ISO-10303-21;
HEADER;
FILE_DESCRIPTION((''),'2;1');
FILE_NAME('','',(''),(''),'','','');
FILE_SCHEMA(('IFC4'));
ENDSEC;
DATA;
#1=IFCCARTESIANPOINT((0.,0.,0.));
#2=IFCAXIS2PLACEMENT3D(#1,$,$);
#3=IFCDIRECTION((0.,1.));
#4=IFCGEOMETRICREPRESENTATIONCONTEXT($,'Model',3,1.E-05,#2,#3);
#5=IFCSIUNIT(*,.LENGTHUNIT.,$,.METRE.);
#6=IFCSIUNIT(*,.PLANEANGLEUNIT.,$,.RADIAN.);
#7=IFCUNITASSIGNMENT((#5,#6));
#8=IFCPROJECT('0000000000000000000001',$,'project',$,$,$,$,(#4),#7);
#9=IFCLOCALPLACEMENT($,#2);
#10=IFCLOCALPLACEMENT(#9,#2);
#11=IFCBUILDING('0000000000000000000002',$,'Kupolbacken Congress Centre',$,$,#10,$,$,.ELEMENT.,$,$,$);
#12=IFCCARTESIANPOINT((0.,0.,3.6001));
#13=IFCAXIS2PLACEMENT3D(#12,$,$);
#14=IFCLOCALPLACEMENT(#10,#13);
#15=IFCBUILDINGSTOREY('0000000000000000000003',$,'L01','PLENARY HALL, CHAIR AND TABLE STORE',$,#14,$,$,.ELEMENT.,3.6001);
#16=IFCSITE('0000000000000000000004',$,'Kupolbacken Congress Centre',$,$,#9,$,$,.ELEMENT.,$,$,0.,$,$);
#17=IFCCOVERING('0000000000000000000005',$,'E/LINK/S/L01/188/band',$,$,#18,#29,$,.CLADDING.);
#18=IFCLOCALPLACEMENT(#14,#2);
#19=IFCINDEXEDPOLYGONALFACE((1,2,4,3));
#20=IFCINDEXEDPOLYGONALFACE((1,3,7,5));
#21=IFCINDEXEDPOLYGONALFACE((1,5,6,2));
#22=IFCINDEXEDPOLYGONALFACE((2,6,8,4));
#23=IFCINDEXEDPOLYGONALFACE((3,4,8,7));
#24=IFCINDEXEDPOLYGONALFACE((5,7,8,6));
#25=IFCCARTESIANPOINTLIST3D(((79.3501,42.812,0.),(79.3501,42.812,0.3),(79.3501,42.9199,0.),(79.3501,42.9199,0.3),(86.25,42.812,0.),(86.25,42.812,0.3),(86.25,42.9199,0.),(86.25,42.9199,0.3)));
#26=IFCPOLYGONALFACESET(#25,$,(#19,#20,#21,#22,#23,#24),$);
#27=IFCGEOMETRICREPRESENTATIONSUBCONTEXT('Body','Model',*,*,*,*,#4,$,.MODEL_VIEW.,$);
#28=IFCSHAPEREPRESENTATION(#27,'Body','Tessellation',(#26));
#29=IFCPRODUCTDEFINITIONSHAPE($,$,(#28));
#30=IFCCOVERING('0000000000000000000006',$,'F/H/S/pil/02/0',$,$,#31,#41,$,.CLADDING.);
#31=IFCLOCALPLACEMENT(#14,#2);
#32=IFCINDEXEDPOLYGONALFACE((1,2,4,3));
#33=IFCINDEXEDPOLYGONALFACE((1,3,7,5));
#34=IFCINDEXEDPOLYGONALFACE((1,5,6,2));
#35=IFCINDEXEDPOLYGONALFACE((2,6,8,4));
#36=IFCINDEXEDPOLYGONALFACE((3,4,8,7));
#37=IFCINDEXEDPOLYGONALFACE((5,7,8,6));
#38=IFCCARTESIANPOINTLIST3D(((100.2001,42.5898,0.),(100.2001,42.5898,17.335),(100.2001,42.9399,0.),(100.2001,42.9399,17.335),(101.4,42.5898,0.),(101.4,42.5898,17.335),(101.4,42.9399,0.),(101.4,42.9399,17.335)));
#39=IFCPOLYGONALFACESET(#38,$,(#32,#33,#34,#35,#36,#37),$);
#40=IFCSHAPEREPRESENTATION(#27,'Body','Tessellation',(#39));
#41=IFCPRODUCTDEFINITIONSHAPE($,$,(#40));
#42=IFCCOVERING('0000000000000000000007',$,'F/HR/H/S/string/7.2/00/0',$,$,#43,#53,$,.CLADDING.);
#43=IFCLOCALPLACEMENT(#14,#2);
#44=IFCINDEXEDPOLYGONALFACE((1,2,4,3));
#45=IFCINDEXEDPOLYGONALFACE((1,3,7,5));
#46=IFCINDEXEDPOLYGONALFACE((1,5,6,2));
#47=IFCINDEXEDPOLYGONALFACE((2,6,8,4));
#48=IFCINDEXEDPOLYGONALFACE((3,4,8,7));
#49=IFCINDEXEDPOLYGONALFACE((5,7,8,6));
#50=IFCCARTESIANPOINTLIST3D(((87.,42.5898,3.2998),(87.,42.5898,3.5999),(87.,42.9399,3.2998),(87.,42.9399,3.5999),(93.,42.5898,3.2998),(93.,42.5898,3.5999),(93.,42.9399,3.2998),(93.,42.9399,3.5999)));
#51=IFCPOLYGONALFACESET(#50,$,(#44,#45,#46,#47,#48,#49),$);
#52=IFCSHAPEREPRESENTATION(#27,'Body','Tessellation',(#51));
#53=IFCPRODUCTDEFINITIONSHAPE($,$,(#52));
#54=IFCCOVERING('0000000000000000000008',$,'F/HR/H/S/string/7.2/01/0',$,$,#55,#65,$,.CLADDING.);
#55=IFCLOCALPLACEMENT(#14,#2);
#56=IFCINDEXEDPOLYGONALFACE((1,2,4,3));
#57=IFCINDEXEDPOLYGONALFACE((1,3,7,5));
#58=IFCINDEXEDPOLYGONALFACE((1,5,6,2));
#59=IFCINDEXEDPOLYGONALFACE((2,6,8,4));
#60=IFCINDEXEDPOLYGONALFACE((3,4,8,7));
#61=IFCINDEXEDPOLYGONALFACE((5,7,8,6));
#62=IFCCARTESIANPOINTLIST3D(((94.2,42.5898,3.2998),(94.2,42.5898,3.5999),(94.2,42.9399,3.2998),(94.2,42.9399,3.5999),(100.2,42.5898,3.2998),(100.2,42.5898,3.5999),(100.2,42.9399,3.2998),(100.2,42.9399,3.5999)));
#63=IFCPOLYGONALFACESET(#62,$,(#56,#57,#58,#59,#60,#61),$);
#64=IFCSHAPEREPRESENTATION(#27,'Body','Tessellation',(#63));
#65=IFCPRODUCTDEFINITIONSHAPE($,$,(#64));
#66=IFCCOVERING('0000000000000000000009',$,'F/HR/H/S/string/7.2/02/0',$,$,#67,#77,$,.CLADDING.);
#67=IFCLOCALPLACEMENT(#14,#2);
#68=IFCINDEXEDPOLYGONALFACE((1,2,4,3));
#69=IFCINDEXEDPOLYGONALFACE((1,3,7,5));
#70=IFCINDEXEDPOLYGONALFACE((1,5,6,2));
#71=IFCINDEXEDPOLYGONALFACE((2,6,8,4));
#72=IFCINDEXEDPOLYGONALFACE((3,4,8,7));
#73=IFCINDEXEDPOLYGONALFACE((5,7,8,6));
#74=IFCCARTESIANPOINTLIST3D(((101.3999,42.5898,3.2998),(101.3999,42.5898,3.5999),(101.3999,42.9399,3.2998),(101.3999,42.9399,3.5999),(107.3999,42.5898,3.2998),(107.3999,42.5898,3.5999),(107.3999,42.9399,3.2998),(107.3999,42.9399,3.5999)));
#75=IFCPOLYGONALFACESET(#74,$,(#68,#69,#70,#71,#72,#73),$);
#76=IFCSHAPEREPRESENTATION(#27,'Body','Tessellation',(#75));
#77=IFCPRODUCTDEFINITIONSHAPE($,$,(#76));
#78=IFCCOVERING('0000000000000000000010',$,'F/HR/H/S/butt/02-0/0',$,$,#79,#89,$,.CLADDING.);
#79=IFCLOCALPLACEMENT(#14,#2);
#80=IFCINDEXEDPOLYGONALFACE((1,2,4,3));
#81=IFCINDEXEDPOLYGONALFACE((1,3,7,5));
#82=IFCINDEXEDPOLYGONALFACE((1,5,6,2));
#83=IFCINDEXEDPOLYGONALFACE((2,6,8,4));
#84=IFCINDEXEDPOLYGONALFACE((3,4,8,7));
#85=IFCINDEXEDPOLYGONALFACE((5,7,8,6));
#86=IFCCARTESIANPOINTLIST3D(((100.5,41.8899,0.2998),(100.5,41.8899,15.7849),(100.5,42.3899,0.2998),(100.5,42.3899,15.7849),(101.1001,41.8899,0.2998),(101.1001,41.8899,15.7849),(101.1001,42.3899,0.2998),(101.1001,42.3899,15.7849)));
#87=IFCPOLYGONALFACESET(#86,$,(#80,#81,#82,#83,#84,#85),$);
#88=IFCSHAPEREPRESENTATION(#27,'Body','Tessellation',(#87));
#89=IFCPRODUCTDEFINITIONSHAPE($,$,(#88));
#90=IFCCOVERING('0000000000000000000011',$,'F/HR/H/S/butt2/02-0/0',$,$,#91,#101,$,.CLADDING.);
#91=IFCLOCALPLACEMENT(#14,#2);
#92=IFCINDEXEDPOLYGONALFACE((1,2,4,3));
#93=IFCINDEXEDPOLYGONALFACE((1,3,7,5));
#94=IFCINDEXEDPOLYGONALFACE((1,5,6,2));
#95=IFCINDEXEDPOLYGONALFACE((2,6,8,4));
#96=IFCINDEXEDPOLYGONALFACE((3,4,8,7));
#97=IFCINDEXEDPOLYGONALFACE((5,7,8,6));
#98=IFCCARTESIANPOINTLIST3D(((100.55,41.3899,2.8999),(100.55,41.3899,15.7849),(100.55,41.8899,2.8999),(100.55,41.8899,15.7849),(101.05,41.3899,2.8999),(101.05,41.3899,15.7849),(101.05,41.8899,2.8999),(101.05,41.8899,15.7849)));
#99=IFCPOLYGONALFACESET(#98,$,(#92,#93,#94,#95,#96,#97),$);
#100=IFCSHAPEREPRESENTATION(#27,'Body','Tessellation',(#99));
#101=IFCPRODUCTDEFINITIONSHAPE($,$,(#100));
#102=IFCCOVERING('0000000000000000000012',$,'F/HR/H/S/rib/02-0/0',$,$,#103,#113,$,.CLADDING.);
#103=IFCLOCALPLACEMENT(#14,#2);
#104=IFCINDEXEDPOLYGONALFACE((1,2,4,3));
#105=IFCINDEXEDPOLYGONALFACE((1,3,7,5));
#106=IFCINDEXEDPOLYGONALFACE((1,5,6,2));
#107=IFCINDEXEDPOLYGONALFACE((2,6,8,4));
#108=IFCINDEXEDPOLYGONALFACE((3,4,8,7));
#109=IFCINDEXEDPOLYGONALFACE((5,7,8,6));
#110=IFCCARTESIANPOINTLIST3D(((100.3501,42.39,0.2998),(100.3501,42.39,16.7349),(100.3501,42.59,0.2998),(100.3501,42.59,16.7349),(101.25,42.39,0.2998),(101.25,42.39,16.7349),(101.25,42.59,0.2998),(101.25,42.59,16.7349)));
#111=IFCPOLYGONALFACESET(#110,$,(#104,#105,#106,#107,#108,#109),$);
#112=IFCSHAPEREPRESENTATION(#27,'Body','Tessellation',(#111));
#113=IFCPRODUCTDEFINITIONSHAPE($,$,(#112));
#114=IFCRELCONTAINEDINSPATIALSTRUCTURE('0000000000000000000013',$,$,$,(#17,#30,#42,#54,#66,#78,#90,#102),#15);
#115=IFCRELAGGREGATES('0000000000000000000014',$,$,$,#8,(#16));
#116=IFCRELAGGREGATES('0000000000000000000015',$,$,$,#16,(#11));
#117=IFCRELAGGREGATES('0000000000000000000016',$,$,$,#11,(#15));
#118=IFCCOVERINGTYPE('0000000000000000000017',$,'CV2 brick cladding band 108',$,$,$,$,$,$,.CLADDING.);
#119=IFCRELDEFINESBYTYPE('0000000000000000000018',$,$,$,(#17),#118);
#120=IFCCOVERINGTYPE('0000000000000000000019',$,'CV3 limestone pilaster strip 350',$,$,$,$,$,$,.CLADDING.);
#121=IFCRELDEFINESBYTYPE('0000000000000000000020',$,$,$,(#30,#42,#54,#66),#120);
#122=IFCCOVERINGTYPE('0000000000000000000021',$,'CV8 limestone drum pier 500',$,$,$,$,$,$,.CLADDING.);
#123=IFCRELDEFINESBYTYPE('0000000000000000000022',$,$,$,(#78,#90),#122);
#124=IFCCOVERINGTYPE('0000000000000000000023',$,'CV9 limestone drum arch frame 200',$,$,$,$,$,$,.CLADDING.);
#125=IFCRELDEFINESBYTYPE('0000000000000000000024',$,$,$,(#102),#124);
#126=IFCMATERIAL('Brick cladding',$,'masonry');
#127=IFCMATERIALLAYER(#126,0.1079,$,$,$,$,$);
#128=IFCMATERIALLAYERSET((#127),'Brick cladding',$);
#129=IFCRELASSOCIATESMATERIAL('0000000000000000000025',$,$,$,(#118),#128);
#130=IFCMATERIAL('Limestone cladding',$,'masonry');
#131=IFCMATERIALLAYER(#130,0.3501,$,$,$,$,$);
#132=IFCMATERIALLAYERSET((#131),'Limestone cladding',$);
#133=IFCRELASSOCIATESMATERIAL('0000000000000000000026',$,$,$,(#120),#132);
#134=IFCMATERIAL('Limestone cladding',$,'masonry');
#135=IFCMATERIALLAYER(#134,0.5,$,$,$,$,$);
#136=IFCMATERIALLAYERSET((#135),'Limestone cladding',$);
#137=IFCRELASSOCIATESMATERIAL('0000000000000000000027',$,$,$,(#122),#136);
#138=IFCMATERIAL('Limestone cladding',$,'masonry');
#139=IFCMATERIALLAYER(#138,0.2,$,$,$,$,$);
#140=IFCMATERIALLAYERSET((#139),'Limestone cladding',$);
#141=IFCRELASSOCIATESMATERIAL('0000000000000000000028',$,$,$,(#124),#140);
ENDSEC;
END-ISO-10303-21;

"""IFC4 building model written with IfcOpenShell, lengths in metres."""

from ifc_helpers import new_model, si_unit, direction, frame, origin, origin_2d, place, context, subcontext, project, spatial, rectangle, extrude, material, layer, layer_set, type_object, element, save


model = new_model("IFC4")

# Units and contexts
model_context = context("Model", 3, precision=1e-05, world=origin(), true_north=direction((0.0, 1.0)))
body_context = subcontext(model_context, "Body", "Model", "MODEL_VIEW")
ifc_project = project(units=[si_unit("LENGTHUNIT", "METRE"), si_unit("PLANEANGLEUNIT", "RADIAN")], contexts=[model_context])

# Site, building, storey
site_placement = place(None, origin())
site = spatial("IfcSite", under=ifc_project, at=site_placement, Name="Kupolbacken Congress Centre", CompositionType="ELEMENT", RefElevation=0.0)
building_placement = place(site_placement, origin())
building = spatial("IfcBuilding", under=site, at=building_placement, Name="Kupolbacken Congress Centre", CompositionType="ELEMENT")
storey_placement = place(building_placement, frame((0.0, 0.0, 3.6001)))
storey = spatial("IfcBuildingStorey", under=building, at=storey_placement, Name="L01", Description="PLENARY HALL, CHAIR AND TABLE STORE", CompositionType="ELEMENT", Elevation=3.6001)

# Coverings
ifc_material_1 = material(Name="Brick cladding", Category="masonry")
ifc_layer_1 = layer(ifc_material_1, 0.1079)
ifc_layer_set_1 = layer_set([ifc_layer_1], Name="Brick cladding")
covering_type_1 = type_object("IfcCoveringType", Name="CV2 brick cladding band 108", PredefinedType="CLADDING", material=ifc_layer_set_1)
covering_1_placement = place(storey_placement, frame((82.8, 42.866, 0.0), z_axis=(0.0, 0.0, 1.0), x_axis=(1.0, 0.0, 0.0)))
element("IfcCovering", 1, at=covering_1_placement, inside=storey, type_object=covering_type_1, Name="E/LINK/S/L01/188/band", PredefinedType="CLADDING", context=body_context, shape_type="SweptSolid", body=[
    extrude(rectangle(XDim=6.8999, YDim=0.1079, at=origin_2d()), origin(), (0.0, 0.0, 1.0), 0.3),
])
ifc_material_2 = material(Name="Limestone cladding", Category="masonry")
ifc_layer_2 = layer(ifc_material_2, 0.3501)
ifc_layer_set_2 = layer_set([ifc_layer_2], Name="Limestone cladding")
covering_type_2 = type_object("IfcCoveringType", Name="CV3 limestone pilaster strip 350", PredefinedType="CLADDING", material=ifc_layer_set_2)
covering_2_placement = place(storey_placement, frame((100.8, 42.7649, 0.0), z_axis=(0.0, 0.0, 1.0), x_axis=(1.0, 0.0, 0.0)))
element("IfcCovering", 2, at=covering_2_placement, inside=storey, type_object=covering_type_2, Name="F/H/S/pil/02/0", PredefinedType="CLADDING", context=body_context, shape_type="SweptSolid", body=[
    extrude(rectangle(XDim=1.2, YDim=0.3501, at=origin_2d()), origin(), (0.0, 0.0, 1.0), 17.335),
])
for number, where, z_axis, x_axis, name in (
    (3, (90.0, 42.7649, 3.2998), (0.0, 0.0, 1.0), (1.0, 0.0, 0.0), "F/HR/H/S/string/7.2/00/0"),
    (4, (97.2, 42.7649, 3.2998), (0.0, 0.0, 1.0), (1.0, 0.0, 0.0), "F/HR/H/S/string/7.2/01/0"),
    (5, (104.3999, 42.7649, 3.2998), (0.0, 0.0, 1.0), (1.0, 0.0, 0.0), "F/HR/H/S/string/7.2/02/0"),
):
    element("IfcCovering", number, at=place(storey_placement, frame(where, z_axis=z_axis, x_axis=x_axis)), inside=storey, type_object=covering_type_2, Name=name, PredefinedType="CLADDING", context=body_context, shape_type="SweptSolid", body=[
        extrude(rectangle(XDim=6.0, YDim=0.3501, at=origin_2d()), origin(), (0.0, 0.0, 1.0), 0.3),
    ])
ifc_material_3 = material(Name="Limestone cladding", Category="masonry")
ifc_layer_3 = layer(ifc_material_3, 0.5)
ifc_layer_set_3 = layer_set([ifc_layer_3], Name="Limestone cladding")
covering_type_3 = type_object("IfcCoveringType", Name="CV8 limestone drum pier 500", PredefinedType="CLADDING", material=ifc_layer_set_3)
covering_3_placement = place(storey_placement, frame((100.8, 42.1399, 0.2998), z_axis=(0.0, 0.0, 1.0), x_axis=(1.0, 0.0, 0.0)))
element("IfcCovering", 6, at=covering_3_placement, inside=storey, type_object=covering_type_3, Name="F/HR/H/S/butt/02-0/0", PredefinedType="CLADDING", context=body_context, shape_type="SweptSolid", body=[
    extrude(rectangle(XDim=0.6001, YDim=0.5, at=origin_2d()), origin(), (0.0, 0.0, 1.0), 15.4851),
])
covering_4_placement = place(storey_placement, frame((100.8, 41.6399, 2.8999), z_axis=(0.0, 0.0, 1.0), x_axis=(1.0, 0.0, 0.0)))
element("IfcCovering", 7, at=covering_4_placement, inside=storey, type_object=covering_type_3, Name="F/HR/H/S/butt2/02-0/0", PredefinedType="CLADDING", context=body_context, shape_type="SweptSolid", body=[
    extrude(rectangle(XDim=0.5, YDim=0.5, at=origin_2d()), origin(), (0.0, 0.0, 1.0), 12.885),
])
ifc_material_4 = material(Name="Limestone cladding", Category="masonry")
ifc_layer_4 = layer(ifc_material_4, 0.2)
ifc_layer_set_4 = layer_set([ifc_layer_4], Name="Limestone cladding")
covering_type_4 = type_object("IfcCoveringType", Name="CV9 limestone drum arch frame 200", PredefinedType="CLADDING", material=ifc_layer_set_4)
covering_5_placement = place(storey_placement, frame((100.8, 42.49, 0.2998), z_axis=(0.0, 0.0, 1.0), x_axis=(1.0, 0.0, 0.0)))
element("IfcCovering", 8, at=covering_5_placement, inside=storey, type_object=covering_type_4, Name="F/HR/H/S/rib/02-0/0", PredefinedType="CLADDING", context=body_context, shape_type="SweptSolid", body=[
    extrude(rectangle(XDim=0.8999, YDim=0.2, at=origin_2d()), origin(), (0.0, 0.0, 1.0), 16.4351),
])

save(model, "model.ifc")
